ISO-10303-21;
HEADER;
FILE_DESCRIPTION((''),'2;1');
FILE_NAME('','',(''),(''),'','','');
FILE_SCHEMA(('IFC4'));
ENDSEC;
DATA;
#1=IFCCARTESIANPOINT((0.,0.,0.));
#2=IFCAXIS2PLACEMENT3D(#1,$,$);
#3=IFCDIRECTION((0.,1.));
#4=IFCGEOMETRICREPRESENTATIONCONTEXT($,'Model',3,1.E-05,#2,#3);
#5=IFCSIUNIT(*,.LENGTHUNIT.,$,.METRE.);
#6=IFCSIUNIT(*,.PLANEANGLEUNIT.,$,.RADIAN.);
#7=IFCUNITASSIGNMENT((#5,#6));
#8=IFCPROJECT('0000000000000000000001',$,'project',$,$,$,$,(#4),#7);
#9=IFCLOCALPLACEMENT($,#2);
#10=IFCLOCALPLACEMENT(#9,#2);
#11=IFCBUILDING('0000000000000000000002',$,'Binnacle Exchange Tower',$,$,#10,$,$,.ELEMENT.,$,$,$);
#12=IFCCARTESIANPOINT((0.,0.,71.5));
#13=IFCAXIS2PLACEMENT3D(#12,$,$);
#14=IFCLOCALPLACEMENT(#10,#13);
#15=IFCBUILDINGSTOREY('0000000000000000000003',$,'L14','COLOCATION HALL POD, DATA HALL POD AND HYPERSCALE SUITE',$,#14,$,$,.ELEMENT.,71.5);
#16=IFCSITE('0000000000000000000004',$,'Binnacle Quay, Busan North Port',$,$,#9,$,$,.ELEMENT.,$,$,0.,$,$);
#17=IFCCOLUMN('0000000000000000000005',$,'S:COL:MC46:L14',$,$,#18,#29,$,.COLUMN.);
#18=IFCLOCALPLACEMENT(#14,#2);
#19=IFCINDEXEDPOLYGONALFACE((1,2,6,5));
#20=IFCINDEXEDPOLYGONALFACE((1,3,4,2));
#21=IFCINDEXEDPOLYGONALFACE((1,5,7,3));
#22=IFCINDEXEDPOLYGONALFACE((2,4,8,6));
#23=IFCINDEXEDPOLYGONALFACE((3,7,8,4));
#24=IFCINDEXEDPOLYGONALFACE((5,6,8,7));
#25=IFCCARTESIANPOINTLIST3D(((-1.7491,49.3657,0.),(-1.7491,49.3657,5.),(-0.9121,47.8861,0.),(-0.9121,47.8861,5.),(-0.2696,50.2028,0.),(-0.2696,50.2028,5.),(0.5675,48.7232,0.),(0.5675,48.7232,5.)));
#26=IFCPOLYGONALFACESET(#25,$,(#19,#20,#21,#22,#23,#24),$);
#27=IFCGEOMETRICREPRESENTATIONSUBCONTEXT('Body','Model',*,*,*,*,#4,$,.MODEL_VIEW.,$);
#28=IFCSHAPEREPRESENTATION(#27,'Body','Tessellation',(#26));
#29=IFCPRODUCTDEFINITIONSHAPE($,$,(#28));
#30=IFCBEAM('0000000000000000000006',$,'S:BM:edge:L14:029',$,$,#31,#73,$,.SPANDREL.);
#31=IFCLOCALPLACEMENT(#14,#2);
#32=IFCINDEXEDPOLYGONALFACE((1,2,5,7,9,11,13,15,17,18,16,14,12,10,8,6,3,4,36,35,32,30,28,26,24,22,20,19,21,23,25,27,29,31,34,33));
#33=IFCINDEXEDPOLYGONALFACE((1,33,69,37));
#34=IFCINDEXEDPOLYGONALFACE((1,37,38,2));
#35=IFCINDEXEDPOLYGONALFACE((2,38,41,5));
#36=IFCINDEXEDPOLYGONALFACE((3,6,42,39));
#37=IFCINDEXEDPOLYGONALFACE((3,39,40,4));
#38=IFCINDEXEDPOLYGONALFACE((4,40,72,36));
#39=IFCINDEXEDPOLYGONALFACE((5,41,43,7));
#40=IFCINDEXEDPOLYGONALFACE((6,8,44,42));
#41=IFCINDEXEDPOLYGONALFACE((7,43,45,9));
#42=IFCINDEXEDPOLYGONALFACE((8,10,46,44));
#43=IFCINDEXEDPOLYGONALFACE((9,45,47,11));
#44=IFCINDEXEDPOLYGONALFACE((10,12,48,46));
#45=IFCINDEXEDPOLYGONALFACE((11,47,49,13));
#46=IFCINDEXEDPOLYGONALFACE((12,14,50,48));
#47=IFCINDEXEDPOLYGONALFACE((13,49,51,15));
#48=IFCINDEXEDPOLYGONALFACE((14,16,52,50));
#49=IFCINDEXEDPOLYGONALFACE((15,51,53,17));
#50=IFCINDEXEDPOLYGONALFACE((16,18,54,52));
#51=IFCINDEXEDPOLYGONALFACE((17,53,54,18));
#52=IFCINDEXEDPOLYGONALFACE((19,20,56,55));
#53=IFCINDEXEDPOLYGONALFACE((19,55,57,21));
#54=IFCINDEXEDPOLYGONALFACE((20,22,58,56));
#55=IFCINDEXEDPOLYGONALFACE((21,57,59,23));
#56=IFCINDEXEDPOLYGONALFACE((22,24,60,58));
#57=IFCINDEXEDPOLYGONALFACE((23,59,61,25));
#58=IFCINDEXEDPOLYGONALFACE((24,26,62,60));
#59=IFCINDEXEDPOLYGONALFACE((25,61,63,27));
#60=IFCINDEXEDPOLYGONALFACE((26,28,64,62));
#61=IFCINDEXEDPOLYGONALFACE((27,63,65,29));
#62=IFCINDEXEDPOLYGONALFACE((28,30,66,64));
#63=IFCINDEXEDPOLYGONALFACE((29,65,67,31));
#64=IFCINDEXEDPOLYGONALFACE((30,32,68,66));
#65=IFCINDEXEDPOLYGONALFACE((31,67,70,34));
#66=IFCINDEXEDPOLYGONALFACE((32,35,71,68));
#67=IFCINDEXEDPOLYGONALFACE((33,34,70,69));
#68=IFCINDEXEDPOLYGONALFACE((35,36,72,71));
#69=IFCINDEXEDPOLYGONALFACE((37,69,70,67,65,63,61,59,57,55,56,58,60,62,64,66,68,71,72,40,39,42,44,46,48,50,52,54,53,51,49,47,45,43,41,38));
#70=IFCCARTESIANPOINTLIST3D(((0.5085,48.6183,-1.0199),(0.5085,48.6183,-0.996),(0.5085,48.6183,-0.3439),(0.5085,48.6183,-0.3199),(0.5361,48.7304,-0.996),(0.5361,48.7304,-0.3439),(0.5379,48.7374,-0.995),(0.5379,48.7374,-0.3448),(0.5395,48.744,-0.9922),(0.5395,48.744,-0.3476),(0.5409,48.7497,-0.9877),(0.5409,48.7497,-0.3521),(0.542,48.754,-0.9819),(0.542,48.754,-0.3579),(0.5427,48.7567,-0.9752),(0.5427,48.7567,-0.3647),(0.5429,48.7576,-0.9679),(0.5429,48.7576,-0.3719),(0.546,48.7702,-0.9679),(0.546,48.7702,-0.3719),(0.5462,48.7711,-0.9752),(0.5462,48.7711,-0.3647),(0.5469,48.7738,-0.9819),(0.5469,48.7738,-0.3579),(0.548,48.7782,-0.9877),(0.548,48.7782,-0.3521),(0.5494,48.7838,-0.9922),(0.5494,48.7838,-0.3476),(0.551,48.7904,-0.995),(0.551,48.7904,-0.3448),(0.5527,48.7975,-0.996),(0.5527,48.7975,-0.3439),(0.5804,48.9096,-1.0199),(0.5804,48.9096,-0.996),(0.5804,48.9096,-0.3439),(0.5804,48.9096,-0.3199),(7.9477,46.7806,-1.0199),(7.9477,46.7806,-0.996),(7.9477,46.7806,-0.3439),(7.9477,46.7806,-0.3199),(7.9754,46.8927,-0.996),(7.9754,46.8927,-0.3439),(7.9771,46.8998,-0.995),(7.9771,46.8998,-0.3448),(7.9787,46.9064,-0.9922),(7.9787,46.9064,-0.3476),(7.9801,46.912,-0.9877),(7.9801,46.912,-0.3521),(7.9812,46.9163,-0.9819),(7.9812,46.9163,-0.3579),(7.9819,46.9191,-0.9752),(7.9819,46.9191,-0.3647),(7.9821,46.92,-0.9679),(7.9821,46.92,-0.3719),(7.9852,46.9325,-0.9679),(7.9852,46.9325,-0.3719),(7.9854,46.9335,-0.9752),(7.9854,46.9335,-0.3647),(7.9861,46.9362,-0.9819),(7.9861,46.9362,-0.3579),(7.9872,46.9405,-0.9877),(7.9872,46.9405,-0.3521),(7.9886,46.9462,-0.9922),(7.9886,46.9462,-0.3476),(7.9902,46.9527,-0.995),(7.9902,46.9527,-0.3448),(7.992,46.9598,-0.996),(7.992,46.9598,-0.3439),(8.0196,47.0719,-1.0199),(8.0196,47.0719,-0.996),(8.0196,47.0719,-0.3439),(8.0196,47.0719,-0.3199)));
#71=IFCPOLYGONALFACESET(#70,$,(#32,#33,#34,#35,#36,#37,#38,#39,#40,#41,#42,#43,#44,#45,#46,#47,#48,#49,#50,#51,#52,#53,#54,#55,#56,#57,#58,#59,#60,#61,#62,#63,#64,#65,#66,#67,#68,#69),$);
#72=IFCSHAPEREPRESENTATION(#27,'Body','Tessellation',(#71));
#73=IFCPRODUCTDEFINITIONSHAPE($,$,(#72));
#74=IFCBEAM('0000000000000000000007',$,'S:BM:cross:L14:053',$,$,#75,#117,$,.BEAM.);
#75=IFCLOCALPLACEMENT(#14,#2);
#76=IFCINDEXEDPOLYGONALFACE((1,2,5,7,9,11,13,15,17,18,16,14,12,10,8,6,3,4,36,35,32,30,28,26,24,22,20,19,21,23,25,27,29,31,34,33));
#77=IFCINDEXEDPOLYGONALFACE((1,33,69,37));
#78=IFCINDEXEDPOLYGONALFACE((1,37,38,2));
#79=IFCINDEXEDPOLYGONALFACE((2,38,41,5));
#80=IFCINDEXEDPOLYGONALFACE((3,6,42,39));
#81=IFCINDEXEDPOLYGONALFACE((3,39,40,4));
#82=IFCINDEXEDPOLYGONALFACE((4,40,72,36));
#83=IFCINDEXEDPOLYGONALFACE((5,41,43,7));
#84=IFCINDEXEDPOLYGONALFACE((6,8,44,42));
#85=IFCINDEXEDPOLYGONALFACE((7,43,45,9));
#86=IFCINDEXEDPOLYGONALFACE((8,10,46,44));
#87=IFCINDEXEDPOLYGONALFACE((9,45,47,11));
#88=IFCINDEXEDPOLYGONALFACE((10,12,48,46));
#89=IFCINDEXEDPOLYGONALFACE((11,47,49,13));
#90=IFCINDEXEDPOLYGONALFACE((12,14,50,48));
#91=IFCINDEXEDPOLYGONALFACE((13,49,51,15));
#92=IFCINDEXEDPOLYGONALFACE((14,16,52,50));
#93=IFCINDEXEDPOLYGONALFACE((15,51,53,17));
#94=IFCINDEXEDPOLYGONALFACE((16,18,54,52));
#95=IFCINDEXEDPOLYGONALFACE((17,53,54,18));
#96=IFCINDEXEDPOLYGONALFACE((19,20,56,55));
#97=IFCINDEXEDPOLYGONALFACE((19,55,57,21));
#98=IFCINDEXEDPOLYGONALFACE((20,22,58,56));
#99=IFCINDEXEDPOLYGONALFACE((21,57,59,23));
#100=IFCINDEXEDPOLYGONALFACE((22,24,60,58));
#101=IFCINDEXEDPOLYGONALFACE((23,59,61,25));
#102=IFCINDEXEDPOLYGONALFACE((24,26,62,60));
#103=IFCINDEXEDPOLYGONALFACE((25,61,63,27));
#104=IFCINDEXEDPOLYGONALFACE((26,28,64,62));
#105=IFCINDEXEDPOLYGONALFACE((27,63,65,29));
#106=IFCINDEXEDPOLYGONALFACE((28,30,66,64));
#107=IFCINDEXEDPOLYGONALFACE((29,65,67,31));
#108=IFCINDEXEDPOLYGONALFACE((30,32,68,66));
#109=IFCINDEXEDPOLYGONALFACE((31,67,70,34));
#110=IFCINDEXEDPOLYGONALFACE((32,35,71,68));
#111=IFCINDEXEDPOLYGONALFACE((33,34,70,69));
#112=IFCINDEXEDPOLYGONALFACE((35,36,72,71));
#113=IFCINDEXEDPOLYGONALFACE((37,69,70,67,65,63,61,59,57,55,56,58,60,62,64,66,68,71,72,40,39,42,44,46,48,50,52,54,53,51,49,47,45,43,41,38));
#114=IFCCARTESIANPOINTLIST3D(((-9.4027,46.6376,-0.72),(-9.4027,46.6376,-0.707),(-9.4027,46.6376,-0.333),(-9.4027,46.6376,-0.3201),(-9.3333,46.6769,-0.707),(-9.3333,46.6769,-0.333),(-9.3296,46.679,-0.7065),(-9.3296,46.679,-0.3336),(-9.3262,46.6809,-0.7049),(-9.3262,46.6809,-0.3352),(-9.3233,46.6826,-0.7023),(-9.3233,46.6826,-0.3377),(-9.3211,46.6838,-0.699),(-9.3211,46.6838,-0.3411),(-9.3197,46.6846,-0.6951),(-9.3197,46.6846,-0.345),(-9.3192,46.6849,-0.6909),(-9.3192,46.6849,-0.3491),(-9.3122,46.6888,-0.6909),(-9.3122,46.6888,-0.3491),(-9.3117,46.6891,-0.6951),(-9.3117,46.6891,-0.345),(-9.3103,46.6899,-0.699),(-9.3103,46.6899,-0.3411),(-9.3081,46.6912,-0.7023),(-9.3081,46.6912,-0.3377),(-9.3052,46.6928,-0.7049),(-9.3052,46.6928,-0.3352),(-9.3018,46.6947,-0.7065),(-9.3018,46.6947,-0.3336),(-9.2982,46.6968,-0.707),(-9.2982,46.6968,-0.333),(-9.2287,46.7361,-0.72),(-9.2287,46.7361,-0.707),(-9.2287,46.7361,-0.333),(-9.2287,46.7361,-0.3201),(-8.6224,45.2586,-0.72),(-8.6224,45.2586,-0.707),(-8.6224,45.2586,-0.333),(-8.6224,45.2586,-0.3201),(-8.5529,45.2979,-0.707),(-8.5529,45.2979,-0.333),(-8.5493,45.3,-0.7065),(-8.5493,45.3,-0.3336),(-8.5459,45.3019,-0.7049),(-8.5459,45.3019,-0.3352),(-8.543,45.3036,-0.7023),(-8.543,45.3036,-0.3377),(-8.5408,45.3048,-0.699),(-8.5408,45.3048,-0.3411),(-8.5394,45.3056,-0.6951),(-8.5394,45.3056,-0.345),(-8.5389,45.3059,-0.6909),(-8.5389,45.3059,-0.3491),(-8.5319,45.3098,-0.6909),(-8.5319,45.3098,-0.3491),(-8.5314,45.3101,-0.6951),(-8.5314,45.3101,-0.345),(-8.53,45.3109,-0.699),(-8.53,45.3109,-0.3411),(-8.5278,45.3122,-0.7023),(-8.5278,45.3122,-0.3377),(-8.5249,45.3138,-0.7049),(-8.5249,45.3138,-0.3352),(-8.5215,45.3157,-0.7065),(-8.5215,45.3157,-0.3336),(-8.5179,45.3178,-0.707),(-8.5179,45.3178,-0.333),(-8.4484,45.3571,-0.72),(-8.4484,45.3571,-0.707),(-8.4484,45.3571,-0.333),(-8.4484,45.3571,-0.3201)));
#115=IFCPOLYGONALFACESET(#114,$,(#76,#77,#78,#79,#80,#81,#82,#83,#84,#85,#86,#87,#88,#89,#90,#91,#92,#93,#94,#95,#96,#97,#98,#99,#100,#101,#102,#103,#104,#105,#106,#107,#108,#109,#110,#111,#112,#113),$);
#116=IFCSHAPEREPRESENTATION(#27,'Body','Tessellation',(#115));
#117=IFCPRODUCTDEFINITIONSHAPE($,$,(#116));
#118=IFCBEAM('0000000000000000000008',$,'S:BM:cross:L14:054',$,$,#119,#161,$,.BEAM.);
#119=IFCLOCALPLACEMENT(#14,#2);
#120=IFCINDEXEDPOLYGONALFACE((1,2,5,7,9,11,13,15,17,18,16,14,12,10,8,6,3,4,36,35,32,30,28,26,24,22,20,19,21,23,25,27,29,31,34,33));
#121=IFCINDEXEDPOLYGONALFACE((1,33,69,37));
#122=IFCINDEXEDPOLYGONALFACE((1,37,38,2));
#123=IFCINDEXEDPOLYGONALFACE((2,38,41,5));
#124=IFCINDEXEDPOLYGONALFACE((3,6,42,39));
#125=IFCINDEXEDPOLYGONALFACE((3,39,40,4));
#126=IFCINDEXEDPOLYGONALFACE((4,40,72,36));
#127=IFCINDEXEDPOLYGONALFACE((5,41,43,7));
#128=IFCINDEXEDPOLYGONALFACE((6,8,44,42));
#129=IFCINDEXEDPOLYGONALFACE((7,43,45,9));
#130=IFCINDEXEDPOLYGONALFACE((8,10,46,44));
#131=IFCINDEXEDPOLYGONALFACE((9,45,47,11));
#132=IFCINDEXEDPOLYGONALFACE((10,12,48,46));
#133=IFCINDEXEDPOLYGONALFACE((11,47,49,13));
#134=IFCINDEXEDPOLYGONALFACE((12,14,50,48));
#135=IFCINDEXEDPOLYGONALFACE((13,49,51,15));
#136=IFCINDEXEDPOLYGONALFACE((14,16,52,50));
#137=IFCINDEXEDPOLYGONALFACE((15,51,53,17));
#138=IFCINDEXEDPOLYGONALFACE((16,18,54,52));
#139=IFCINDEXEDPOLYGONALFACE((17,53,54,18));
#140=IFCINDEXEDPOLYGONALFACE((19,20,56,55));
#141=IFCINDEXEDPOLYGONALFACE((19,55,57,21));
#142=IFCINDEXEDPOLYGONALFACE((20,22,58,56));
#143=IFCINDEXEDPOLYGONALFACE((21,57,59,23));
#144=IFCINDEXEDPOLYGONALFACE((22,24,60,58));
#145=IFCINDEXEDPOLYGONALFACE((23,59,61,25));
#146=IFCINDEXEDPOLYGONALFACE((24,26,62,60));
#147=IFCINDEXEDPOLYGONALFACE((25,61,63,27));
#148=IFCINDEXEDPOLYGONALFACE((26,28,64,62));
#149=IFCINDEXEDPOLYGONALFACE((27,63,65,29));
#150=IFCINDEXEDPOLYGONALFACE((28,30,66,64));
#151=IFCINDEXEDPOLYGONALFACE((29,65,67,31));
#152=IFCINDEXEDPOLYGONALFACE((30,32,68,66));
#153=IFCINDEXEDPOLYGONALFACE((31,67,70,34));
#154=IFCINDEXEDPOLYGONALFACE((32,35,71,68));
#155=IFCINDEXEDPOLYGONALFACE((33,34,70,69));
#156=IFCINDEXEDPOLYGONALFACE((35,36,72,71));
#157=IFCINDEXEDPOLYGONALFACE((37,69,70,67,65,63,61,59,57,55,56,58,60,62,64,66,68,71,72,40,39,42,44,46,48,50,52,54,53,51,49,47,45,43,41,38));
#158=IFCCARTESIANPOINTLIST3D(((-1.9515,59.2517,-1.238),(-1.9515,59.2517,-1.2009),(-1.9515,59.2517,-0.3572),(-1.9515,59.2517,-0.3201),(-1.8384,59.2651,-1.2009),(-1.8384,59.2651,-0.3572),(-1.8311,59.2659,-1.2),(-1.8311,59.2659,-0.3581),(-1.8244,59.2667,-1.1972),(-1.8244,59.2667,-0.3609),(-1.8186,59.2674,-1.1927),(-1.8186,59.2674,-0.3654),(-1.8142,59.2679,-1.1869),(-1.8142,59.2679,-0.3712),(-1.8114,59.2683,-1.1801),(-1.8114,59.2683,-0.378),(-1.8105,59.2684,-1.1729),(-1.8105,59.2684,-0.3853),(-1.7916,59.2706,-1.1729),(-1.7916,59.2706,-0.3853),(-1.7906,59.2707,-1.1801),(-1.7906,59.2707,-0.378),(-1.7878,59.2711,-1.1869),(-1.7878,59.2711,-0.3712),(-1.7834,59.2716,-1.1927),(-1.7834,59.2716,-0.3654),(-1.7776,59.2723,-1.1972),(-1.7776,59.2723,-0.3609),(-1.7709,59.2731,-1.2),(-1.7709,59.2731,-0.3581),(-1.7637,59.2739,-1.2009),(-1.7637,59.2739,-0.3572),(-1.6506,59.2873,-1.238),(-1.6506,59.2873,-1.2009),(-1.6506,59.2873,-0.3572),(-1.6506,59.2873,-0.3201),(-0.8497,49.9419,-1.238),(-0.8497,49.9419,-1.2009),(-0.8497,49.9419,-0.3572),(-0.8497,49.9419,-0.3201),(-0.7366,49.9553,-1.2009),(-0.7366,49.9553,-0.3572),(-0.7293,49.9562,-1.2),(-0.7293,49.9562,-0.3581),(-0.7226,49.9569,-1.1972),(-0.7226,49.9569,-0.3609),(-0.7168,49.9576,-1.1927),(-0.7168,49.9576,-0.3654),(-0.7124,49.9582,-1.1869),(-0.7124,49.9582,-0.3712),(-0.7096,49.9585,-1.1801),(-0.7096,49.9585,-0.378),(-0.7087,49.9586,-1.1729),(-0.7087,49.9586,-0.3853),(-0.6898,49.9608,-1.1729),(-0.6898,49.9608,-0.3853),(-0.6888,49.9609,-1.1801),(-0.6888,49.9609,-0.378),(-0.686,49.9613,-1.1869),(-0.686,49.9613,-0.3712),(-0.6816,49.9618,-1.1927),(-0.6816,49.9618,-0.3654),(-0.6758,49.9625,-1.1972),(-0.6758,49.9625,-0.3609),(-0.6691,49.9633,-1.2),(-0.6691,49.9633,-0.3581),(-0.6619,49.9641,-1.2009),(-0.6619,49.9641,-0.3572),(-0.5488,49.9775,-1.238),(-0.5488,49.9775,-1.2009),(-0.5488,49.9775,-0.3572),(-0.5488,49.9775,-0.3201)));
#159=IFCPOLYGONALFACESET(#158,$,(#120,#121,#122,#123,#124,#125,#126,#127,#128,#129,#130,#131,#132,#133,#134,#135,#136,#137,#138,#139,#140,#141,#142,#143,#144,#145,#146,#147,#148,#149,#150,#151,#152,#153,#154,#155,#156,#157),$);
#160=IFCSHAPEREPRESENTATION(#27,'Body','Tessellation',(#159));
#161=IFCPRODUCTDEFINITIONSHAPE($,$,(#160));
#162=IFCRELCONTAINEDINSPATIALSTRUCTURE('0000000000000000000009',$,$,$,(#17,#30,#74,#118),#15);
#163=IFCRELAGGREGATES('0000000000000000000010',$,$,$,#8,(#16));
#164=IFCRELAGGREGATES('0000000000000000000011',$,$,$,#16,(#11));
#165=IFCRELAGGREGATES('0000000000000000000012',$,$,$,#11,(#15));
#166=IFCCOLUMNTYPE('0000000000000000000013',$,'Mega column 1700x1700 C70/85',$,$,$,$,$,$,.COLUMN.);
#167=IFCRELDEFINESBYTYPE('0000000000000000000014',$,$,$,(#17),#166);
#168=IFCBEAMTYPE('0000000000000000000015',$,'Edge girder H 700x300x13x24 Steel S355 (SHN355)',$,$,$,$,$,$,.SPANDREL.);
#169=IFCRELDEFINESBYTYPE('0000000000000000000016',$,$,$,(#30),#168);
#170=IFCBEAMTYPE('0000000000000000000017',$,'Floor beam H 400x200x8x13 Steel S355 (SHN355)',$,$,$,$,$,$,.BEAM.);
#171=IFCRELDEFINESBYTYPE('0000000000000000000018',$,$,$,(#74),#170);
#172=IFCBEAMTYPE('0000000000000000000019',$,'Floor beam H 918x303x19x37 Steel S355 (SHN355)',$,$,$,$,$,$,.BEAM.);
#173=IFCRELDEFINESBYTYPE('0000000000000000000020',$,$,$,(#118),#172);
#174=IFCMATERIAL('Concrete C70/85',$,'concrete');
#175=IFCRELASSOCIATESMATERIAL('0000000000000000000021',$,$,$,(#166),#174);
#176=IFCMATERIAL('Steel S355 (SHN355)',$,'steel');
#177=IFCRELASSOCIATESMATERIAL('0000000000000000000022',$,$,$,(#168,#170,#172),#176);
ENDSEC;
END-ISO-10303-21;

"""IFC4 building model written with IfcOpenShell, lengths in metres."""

from ifc_helpers import new_model, si_unit, direction, frame, origin, origin_2d, place, context, subcontext, project, spatial, rectangle, i_section, extrude, material, material_profile, profile_set, type_object, element, save


model = new_model("IFC4")

# Units and contexts
model_context = context("Model", 3, precision=1e-05, world=origin(), true_north=direction((0.0, 1.0)))
body_context = subcontext(model_context, "Body", "Model", "MODEL_VIEW")
ifc_project = project(units=[si_unit("LENGTHUNIT", "METRE"), si_unit("PLANEANGLEUNIT", "RADIAN")], contexts=[model_context])

# Site, building, storey
site_placement = place(None, origin())
site = spatial("IfcSite", under=ifc_project, at=site_placement, Name="Binnacle Quay, Busan North Port", CompositionType="ELEMENT", RefElevation=0.0)
building_placement = place(site_placement, origin())
building = spatial("IfcBuilding", under=site, at=building_placement, Name="Binnacle Exchange Tower", CompositionType="ELEMENT")
storey_placement = place(building_placement, frame((0.0, 0.0, 71.5)))
storey = spatial("IfcBuildingStorey", under=building, at=storey_placement, Name="L14", Description="COLOCATION HALL POD, DATA HALL POD AND HYPERSCALE SUITE", CompositionType="ELEMENT", Elevation=71.5)

# Column
ifc_material_1 = material(Name="Concrete C70/85", Category="concrete")
ifc_material_profile_1 = material_profile(ifc_material_1, rectangle(XDim=1.7, YDim=1.7, at=origin_2d()), Name="Mega column 1700x1700 C70/85")
ifc_profile_set_1 = profile_set([ifc_material_profile_1], Name="Concrete C70/85")
column_type = type_object("IfcColumnType", Name="Mega column 1700x1700 C70/85", PredefinedType="COLUMN", material=ifc_profile_set_1)
column_placement = place(storey_placement, frame((-0.5908, 49.0444, 0.0), z_axis=(0.0, 0.0, 1.0), x_axis=(0.870356, 0.492424, 0.0)))
element("IfcColumn", 1, at=column_placement, inside=storey, type_object=column_type, Name="S:COL:MC46:L14", PredefinedType="COLUMN", context=body_context, shape_type="SweptSolid", body=[
    extrude(rectangle(XDim=1.7, YDim=1.7, at=origin_2d()), origin(), (0.0, 0.0, 1.0), 5.0),
])

# Beams
ifc_material_2 = material(Name="Steel S355 (SHN355)", Category="steel")
ifc_material_profile_2 = material_profile(ifc_material_2, i_section(OverallWidth=0.3, OverallDepth=0.7, WebThickness=0.0129, FlangeThickness=0.0239, FilletRadius=0.0281, at=origin_2d()), Name="H 700x300x13x24")
ifc_profile_set_2 = profile_set([ifc_material_profile_2], Name="Steel S355 (SHN355)")
beam_type_1 = type_object("IfcBeamType", Name="Edge girder H 700x300x13x24 Steel S355 (SHN355)", PredefinedType="SPANDREL", material=ifc_profile_set_2)
beam_1_placement = place(storey_placement, frame((0.5444, 48.7639, -0.6699), z_axis=(0.970819, -0.239813, 0.0), x_axis=(0.239813, 0.970819, 0.0)))
element("IfcBeam", 2, at=beam_1_placement, inside=storey, type_object=beam_type_1, Name="S:BM:edge:L14:029", PredefinedType="SPANDREL", context=body_context, shape_type="SweptSolid", body=[
    extrude(i_section(OverallWidth=0.3, OverallDepth=0.7, WebThickness=0.0129, FlangeThickness=0.0239, FilletRadius=0.0281, at=origin_2d()), origin(), (0.0, 0.0, 1.0), 7.6628),
])
ifc_material_profile_3 = material_profile(ifc_material_2, i_section(OverallWidth=0.2, OverallDepth=0.3999, WebThickness=0.0081, FlangeThickness=0.0129, FilletRadius=0.0161, at=origin_2d()), Name="H 400x200x8x13")
ifc_profile_set_3 = profile_set([ifc_material_profile_3], Name="Steel S355 (SHN355)")
beam_type_2 = type_object("IfcBeamType", Name="Floor beam H 400x200x8x13 Steel S355 (SHN355)", PredefinedType="BEAM", material=ifc_profile_set_3)
beam_2_placement = place(storey_placement, frame((-8.5354, 45.3079, -0.52), z_axis=(-0.492484, 0.870322, 0.0), x_axis=(-0.870322, -0.492484, 0.0)))
element("IfcBeam", 3, at=beam_2_placement, inside=storey, type_object=beam_type_2, Name="S:BM:cross:L14:053", PredefinedType="BEAM", context=body_context, shape_type="SweptSolid", body=[
    extrude(i_section(OverallWidth=0.2, OverallDepth=0.3999, WebThickness=0.0081, FlangeThickness=0.0129, FilletRadius=0.0161, at=origin_2d()), origin(), (0.0, 0.0, 1.0), 1.5845),
])
ifc_material_profile_4 = material_profile(ifc_material_2, i_section(OverallWidth=0.303, OverallDepth=0.918, WebThickness=0.019, FlangeThickness=0.0371, FilletRadius=0.0281, at=origin_2d()), Name="H 918x303x19x37")
ifc_profile_set_4 = profile_set([ifc_material_profile_4], Name="Steel S355 (SHN355)")
beam_type_3 = type_object("IfcBeamType", Name="Floor beam H 918x303x19x37 Steel S355 (SHN355)", PredefinedType="BEAM", material=ifc_profile_set_4)
beam_3_placement = place(storey_placement, frame((-0.6992, 49.9597, -0.7791), z_axis=(-0.117529, 0.993069, 0.0), x_axis=(-0.993069, -0.117529, 0.0)))
element("IfcBeam", 4, at=beam_3_placement, inside=storey, type_object=beam_type_3, Name="S:BM:cross:L14:054", PredefinedType="BEAM", context=body_context, shape_type="SweptSolid", body=[
    extrude(i_section(OverallWidth=0.303, OverallDepth=0.918, WebThickness=0.019, FlangeThickness=0.0371, FilletRadius=0.0281, at=origin_2d()), origin(), (0.0, 0.0, 1.0), 9.3748),
])

save(model, "model.ifc")
